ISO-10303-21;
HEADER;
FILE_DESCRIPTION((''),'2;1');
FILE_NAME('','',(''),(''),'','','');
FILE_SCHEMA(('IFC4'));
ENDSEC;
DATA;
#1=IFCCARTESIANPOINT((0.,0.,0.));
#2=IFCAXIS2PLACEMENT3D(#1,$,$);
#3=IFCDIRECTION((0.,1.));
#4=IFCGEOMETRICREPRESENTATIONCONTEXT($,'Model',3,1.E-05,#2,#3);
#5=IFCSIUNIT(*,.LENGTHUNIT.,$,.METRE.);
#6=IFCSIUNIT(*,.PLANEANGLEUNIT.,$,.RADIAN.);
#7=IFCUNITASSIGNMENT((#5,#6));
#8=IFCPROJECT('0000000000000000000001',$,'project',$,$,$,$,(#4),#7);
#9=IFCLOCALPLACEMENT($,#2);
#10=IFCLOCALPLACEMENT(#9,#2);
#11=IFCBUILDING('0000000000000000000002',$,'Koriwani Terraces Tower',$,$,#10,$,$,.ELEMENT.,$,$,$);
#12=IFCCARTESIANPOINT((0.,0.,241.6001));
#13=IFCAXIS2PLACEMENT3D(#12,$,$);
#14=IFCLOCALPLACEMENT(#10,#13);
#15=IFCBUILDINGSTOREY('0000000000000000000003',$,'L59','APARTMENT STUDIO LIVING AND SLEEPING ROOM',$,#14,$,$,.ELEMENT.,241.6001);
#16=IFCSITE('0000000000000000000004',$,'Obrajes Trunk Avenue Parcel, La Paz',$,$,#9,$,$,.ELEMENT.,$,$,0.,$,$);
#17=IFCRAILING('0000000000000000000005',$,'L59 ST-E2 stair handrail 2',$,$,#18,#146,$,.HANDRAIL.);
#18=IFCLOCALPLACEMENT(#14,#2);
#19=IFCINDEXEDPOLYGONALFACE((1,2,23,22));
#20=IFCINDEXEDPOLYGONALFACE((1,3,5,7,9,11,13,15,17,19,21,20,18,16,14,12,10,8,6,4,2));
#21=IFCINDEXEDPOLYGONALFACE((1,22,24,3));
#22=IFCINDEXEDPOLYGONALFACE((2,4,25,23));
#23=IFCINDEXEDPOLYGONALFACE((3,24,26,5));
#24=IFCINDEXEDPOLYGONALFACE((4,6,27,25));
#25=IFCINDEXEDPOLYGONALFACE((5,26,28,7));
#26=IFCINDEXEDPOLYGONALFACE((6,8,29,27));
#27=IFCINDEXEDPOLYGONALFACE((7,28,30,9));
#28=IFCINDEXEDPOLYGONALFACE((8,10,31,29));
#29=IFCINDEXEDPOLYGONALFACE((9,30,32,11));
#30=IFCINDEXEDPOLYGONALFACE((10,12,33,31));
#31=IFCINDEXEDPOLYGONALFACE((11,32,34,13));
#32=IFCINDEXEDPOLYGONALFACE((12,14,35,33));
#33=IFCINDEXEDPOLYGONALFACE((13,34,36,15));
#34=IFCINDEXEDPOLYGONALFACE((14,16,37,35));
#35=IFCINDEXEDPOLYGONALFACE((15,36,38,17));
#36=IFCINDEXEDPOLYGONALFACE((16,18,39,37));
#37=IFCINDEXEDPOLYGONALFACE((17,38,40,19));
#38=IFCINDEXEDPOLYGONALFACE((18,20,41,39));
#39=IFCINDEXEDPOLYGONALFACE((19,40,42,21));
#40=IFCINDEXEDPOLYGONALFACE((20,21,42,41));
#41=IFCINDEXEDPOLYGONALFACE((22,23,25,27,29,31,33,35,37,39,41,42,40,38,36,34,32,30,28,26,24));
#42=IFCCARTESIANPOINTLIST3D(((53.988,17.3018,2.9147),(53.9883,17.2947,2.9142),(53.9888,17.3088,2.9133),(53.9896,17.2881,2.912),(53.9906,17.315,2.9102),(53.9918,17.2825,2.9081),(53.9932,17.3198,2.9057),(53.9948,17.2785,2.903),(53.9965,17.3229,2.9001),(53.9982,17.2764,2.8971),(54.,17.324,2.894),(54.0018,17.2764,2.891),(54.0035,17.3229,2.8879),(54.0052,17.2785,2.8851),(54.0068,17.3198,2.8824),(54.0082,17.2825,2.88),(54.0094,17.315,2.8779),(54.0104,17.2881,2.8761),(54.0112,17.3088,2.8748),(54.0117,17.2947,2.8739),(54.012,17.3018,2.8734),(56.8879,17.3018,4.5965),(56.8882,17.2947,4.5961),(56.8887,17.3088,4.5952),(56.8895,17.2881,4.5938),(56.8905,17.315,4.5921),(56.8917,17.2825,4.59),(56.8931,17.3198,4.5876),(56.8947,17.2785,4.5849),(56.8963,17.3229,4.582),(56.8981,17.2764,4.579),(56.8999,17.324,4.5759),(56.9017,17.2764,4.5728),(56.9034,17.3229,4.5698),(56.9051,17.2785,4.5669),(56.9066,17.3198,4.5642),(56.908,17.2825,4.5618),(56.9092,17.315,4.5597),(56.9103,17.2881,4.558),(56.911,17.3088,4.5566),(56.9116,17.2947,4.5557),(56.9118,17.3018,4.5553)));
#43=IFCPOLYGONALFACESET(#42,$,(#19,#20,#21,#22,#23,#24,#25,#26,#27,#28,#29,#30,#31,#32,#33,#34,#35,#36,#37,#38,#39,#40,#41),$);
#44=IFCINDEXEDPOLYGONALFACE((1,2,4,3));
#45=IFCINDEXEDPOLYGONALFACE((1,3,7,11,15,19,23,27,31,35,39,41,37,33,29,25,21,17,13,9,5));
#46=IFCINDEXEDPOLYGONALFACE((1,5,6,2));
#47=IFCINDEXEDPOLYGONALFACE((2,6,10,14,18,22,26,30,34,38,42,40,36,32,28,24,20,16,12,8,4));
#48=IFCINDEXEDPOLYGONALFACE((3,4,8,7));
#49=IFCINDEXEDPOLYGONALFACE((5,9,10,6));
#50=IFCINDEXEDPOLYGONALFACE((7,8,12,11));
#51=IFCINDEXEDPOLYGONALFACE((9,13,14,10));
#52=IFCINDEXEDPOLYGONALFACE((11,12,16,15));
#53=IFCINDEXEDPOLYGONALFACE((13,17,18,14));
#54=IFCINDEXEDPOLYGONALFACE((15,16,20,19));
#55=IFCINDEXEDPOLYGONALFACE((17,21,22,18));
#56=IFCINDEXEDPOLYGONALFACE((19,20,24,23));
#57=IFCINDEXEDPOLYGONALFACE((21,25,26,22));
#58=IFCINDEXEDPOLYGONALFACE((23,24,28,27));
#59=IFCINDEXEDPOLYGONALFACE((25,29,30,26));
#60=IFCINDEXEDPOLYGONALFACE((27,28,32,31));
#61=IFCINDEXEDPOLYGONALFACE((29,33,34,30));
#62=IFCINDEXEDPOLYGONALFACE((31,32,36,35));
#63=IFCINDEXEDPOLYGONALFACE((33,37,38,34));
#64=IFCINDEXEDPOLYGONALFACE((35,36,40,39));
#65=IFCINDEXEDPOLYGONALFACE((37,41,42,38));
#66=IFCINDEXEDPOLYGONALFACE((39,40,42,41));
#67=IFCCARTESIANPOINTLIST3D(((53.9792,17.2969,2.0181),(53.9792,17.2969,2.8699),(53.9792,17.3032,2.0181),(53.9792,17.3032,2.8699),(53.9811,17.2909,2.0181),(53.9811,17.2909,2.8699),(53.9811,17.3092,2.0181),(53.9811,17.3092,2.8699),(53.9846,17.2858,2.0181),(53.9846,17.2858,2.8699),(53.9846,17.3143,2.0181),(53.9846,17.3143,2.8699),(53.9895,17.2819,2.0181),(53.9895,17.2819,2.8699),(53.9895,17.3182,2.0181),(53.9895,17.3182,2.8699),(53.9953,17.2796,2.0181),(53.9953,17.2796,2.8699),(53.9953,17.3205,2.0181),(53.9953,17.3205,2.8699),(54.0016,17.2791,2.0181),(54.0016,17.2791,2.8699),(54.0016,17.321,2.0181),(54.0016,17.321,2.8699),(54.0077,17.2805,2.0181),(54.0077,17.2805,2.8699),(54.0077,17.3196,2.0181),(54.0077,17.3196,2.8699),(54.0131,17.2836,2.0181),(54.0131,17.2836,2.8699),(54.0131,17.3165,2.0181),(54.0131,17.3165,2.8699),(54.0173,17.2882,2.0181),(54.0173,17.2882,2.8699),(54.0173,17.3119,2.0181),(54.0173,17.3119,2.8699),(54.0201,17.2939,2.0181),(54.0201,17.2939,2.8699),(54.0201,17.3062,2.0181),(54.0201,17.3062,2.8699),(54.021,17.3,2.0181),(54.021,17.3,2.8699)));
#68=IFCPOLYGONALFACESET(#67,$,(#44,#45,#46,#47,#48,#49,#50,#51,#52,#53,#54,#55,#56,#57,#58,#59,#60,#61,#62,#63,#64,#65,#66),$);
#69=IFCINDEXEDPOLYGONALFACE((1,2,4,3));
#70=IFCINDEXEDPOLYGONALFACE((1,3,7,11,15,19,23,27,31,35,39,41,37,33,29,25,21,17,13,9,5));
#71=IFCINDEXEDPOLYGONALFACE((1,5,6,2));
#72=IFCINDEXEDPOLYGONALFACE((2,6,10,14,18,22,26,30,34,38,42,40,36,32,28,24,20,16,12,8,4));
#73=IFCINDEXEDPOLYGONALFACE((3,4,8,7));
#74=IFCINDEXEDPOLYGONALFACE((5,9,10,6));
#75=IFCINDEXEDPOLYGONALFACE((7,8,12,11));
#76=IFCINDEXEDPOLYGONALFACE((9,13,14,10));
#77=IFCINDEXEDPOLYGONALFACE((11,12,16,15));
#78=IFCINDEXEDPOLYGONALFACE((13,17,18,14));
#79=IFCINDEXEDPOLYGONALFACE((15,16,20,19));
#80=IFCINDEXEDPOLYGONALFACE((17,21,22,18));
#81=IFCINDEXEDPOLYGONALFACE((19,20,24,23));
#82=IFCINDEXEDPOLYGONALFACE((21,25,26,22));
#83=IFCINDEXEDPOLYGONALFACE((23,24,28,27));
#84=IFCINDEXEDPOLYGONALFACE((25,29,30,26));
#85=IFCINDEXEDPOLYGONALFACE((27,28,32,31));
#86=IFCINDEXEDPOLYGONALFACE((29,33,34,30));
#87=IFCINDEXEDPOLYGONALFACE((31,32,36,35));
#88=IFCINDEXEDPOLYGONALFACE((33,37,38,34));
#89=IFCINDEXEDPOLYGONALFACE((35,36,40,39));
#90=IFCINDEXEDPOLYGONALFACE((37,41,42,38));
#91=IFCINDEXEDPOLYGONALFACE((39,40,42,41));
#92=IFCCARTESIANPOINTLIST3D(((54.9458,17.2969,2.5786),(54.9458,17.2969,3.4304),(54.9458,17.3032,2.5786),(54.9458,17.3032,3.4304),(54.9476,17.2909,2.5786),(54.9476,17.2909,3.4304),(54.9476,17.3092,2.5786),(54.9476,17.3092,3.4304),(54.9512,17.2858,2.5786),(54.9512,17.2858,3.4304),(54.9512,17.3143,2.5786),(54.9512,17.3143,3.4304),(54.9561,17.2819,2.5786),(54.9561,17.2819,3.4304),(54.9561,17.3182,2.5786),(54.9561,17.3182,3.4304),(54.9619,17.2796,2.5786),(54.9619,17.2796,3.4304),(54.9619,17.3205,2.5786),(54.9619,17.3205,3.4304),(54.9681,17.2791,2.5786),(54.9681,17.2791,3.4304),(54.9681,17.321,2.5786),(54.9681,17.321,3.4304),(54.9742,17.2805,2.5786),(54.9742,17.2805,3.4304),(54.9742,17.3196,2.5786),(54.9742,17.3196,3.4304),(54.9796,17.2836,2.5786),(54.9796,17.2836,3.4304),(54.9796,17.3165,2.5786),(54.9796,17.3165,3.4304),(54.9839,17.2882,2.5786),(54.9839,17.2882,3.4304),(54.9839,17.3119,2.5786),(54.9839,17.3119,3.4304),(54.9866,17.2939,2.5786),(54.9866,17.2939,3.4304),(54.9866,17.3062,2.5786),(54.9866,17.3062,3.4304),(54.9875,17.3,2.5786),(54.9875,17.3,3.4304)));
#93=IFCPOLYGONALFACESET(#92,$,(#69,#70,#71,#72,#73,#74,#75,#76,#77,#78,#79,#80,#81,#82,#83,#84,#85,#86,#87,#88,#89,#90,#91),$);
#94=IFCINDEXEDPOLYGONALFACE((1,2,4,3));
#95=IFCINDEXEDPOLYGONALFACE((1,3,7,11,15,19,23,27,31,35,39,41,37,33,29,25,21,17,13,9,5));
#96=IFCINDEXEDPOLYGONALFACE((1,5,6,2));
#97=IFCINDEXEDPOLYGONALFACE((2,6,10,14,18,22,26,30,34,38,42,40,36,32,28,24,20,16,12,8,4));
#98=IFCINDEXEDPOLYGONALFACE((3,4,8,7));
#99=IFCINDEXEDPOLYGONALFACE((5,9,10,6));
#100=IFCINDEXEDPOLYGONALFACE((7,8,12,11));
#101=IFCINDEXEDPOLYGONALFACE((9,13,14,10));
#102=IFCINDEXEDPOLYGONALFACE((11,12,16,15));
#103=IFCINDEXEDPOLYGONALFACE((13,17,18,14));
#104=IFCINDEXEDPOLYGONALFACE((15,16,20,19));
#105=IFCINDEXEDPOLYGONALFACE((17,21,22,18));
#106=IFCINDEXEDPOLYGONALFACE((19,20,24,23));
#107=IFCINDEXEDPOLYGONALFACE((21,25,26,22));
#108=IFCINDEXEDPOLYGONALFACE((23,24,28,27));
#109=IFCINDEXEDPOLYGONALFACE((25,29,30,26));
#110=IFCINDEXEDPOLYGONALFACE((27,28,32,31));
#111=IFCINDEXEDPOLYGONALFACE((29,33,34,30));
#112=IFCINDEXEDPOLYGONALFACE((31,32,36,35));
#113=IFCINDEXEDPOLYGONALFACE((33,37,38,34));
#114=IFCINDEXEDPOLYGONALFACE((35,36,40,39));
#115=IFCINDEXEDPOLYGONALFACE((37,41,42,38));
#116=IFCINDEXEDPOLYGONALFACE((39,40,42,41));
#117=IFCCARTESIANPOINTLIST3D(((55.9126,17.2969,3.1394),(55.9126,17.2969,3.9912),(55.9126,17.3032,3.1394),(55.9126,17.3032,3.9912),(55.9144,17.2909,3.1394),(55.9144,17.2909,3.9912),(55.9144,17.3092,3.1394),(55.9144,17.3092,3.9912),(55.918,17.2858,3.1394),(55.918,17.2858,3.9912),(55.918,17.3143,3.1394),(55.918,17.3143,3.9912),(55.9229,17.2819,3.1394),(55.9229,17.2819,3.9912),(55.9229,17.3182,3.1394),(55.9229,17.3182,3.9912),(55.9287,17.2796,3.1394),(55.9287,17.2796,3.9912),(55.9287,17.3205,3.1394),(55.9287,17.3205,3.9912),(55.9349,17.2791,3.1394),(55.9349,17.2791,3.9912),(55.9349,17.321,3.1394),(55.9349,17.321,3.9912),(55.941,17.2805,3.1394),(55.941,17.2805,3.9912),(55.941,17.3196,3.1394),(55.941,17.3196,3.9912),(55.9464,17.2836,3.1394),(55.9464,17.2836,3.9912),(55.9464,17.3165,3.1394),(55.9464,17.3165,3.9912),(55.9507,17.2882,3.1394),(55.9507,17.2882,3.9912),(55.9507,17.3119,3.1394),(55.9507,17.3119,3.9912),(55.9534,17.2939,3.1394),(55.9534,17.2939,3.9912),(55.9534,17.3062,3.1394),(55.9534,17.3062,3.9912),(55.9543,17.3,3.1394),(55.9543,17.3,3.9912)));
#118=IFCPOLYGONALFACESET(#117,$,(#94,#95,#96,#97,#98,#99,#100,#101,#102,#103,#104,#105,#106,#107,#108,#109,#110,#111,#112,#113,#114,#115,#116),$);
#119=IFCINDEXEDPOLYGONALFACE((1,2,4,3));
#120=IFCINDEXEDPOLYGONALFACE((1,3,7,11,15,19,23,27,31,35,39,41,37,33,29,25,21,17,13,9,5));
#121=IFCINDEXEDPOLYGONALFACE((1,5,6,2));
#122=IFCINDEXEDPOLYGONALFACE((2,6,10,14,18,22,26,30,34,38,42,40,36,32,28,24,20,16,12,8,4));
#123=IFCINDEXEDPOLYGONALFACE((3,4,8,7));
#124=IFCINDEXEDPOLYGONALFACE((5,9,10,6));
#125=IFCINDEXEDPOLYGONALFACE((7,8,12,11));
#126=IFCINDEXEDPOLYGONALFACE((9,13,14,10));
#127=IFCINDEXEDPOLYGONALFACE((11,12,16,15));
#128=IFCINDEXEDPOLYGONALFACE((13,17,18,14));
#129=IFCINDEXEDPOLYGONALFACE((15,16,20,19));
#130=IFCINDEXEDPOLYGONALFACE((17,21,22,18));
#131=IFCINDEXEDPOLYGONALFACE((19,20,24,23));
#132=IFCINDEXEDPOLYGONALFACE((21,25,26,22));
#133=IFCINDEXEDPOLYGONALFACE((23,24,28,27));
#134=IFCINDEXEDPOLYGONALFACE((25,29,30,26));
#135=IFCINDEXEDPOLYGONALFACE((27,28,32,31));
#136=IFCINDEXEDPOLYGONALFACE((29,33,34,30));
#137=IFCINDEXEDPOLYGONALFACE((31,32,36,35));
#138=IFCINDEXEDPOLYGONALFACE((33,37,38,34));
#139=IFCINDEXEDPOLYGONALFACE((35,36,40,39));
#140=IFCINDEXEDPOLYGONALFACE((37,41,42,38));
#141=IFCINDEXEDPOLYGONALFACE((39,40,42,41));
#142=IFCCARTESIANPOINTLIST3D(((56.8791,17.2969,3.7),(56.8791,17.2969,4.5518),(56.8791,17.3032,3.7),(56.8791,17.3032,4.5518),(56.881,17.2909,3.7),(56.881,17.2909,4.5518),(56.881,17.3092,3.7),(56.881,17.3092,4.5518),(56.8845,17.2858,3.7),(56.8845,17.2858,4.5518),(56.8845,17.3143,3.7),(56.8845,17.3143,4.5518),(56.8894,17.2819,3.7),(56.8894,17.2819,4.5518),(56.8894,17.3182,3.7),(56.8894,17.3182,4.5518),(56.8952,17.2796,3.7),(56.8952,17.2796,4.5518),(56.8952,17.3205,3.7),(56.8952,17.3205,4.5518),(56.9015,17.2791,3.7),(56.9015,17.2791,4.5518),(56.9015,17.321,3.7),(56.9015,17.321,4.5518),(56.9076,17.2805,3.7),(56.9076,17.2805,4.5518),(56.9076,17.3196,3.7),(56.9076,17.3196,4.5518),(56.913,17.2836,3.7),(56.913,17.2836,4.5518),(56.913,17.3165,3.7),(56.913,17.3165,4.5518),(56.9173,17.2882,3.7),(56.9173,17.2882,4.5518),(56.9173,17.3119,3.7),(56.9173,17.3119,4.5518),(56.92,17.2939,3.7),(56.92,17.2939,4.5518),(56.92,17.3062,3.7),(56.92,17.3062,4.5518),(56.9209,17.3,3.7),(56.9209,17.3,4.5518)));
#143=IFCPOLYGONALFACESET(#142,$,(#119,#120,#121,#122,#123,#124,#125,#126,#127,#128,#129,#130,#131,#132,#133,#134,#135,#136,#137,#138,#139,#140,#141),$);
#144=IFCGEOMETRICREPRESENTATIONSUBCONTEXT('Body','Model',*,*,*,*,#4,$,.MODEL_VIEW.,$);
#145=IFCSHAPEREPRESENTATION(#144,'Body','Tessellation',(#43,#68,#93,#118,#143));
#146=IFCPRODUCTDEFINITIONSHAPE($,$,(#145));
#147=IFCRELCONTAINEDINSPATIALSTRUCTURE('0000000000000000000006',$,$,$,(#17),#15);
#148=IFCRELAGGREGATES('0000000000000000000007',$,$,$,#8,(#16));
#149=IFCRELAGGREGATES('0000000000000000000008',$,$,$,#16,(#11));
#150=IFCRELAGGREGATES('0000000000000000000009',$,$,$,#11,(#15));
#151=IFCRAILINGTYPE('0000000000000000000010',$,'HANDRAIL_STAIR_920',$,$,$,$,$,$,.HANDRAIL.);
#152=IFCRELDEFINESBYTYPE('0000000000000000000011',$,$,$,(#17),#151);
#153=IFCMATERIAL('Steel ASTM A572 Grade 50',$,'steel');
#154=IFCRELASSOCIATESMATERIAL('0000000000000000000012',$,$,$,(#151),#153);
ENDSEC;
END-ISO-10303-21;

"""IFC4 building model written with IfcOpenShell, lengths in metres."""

from ifc_helpers import new_model, si_unit, direction, frame, origin, origin_2d, place, context, subcontext, project, spatial, circle, extrude, material, type_object, element, save


model = new_model("IFC4")

# Units and contexts
model_context = context("Model", 3, precision=1e-05, world=origin(), true_north=direction((0.0, 1.0)))
body_context = subcontext(model_context, "Body", "Model", "MODEL_VIEW")
ifc_project = project(units=[si_unit("LENGTHUNIT", "METRE"), si_unit("PLANEANGLEUNIT", "RADIAN")], contexts=[model_context])

# Site, building, storey
site_placement = place(None, origin())
site = spatial("IfcSite", under=ifc_project, at=site_placement, Name="Obrajes Trunk Avenue Parcel, La Paz", CompositionType="ELEMENT", RefElevation=0.0)
building_placement = place(site_placement, origin())
building = spatial("IfcBuilding", under=site, at=building_placement, Name="Koriwani Terraces Tower", CompositionType="ELEMENT")
storey_placement = place(building_placement, frame((0.0, 0.0, 241.6001)))
storey = spatial("IfcBuildingStorey", under=building, at=storey_placement, Name="L59", Description="APARTMENT STUDIO LIVING AND SLEEPING ROOM", CompositionType="ELEMENT", Elevation=241.6001)

# Shared definitions
ifc_material_1 = material(Name="Steel ASTM A572 Grade 50", Category="steel")

# Railing
railing_type_1 = type_object("IfcRailingType", Name="HANDRAIL_STAIR_920", PredefinedType="HANDRAIL", material=ifc_material_1)
railing_1_placement = place(storey_placement, frame((54.0, 17.3, 2.0181)))
element("IfcRailing", 1, at=railing_1_placement, inside=storey, type_object=railing_type_1, Name="L59 ST-E2 stair handrail 2", PredefinedType="HANDRAIL", context=body_context, shape_type="SweptSolid", body=[
    extrude(circle(Radius=0.0239, at=origin_2d()), frame((0.0, 0.0, 0.876), z_axis=(0.865039, 0.0, 0.501705), x_axis=(0.0, 1.0, 0.0)), (0.0, 0.0, 1.0), 3.3523),
    extrude(circle(Radius=0.021, at=origin_2d()), origin(), (0.0, 0.0, 1.0), 0.8518),
    extrude(circle(Radius=0.021, at=origin_2d()), frame((0.9666, 0.0, 0.5605)), (0.0, 0.0, 1.0), 0.8518),
    extrude(circle(Radius=0.021, at=origin_2d()), frame((1.9333, 0.0, 1.1213)), (0.0, 0.0, 1.0), 0.8518),
    extrude(circle(Radius=0.021, at=origin_2d()), frame((2.8999, 0.0, 1.6819)), (0.0, 0.0, 1.0), 0.8518),
])

save(model, "model.ifc")
